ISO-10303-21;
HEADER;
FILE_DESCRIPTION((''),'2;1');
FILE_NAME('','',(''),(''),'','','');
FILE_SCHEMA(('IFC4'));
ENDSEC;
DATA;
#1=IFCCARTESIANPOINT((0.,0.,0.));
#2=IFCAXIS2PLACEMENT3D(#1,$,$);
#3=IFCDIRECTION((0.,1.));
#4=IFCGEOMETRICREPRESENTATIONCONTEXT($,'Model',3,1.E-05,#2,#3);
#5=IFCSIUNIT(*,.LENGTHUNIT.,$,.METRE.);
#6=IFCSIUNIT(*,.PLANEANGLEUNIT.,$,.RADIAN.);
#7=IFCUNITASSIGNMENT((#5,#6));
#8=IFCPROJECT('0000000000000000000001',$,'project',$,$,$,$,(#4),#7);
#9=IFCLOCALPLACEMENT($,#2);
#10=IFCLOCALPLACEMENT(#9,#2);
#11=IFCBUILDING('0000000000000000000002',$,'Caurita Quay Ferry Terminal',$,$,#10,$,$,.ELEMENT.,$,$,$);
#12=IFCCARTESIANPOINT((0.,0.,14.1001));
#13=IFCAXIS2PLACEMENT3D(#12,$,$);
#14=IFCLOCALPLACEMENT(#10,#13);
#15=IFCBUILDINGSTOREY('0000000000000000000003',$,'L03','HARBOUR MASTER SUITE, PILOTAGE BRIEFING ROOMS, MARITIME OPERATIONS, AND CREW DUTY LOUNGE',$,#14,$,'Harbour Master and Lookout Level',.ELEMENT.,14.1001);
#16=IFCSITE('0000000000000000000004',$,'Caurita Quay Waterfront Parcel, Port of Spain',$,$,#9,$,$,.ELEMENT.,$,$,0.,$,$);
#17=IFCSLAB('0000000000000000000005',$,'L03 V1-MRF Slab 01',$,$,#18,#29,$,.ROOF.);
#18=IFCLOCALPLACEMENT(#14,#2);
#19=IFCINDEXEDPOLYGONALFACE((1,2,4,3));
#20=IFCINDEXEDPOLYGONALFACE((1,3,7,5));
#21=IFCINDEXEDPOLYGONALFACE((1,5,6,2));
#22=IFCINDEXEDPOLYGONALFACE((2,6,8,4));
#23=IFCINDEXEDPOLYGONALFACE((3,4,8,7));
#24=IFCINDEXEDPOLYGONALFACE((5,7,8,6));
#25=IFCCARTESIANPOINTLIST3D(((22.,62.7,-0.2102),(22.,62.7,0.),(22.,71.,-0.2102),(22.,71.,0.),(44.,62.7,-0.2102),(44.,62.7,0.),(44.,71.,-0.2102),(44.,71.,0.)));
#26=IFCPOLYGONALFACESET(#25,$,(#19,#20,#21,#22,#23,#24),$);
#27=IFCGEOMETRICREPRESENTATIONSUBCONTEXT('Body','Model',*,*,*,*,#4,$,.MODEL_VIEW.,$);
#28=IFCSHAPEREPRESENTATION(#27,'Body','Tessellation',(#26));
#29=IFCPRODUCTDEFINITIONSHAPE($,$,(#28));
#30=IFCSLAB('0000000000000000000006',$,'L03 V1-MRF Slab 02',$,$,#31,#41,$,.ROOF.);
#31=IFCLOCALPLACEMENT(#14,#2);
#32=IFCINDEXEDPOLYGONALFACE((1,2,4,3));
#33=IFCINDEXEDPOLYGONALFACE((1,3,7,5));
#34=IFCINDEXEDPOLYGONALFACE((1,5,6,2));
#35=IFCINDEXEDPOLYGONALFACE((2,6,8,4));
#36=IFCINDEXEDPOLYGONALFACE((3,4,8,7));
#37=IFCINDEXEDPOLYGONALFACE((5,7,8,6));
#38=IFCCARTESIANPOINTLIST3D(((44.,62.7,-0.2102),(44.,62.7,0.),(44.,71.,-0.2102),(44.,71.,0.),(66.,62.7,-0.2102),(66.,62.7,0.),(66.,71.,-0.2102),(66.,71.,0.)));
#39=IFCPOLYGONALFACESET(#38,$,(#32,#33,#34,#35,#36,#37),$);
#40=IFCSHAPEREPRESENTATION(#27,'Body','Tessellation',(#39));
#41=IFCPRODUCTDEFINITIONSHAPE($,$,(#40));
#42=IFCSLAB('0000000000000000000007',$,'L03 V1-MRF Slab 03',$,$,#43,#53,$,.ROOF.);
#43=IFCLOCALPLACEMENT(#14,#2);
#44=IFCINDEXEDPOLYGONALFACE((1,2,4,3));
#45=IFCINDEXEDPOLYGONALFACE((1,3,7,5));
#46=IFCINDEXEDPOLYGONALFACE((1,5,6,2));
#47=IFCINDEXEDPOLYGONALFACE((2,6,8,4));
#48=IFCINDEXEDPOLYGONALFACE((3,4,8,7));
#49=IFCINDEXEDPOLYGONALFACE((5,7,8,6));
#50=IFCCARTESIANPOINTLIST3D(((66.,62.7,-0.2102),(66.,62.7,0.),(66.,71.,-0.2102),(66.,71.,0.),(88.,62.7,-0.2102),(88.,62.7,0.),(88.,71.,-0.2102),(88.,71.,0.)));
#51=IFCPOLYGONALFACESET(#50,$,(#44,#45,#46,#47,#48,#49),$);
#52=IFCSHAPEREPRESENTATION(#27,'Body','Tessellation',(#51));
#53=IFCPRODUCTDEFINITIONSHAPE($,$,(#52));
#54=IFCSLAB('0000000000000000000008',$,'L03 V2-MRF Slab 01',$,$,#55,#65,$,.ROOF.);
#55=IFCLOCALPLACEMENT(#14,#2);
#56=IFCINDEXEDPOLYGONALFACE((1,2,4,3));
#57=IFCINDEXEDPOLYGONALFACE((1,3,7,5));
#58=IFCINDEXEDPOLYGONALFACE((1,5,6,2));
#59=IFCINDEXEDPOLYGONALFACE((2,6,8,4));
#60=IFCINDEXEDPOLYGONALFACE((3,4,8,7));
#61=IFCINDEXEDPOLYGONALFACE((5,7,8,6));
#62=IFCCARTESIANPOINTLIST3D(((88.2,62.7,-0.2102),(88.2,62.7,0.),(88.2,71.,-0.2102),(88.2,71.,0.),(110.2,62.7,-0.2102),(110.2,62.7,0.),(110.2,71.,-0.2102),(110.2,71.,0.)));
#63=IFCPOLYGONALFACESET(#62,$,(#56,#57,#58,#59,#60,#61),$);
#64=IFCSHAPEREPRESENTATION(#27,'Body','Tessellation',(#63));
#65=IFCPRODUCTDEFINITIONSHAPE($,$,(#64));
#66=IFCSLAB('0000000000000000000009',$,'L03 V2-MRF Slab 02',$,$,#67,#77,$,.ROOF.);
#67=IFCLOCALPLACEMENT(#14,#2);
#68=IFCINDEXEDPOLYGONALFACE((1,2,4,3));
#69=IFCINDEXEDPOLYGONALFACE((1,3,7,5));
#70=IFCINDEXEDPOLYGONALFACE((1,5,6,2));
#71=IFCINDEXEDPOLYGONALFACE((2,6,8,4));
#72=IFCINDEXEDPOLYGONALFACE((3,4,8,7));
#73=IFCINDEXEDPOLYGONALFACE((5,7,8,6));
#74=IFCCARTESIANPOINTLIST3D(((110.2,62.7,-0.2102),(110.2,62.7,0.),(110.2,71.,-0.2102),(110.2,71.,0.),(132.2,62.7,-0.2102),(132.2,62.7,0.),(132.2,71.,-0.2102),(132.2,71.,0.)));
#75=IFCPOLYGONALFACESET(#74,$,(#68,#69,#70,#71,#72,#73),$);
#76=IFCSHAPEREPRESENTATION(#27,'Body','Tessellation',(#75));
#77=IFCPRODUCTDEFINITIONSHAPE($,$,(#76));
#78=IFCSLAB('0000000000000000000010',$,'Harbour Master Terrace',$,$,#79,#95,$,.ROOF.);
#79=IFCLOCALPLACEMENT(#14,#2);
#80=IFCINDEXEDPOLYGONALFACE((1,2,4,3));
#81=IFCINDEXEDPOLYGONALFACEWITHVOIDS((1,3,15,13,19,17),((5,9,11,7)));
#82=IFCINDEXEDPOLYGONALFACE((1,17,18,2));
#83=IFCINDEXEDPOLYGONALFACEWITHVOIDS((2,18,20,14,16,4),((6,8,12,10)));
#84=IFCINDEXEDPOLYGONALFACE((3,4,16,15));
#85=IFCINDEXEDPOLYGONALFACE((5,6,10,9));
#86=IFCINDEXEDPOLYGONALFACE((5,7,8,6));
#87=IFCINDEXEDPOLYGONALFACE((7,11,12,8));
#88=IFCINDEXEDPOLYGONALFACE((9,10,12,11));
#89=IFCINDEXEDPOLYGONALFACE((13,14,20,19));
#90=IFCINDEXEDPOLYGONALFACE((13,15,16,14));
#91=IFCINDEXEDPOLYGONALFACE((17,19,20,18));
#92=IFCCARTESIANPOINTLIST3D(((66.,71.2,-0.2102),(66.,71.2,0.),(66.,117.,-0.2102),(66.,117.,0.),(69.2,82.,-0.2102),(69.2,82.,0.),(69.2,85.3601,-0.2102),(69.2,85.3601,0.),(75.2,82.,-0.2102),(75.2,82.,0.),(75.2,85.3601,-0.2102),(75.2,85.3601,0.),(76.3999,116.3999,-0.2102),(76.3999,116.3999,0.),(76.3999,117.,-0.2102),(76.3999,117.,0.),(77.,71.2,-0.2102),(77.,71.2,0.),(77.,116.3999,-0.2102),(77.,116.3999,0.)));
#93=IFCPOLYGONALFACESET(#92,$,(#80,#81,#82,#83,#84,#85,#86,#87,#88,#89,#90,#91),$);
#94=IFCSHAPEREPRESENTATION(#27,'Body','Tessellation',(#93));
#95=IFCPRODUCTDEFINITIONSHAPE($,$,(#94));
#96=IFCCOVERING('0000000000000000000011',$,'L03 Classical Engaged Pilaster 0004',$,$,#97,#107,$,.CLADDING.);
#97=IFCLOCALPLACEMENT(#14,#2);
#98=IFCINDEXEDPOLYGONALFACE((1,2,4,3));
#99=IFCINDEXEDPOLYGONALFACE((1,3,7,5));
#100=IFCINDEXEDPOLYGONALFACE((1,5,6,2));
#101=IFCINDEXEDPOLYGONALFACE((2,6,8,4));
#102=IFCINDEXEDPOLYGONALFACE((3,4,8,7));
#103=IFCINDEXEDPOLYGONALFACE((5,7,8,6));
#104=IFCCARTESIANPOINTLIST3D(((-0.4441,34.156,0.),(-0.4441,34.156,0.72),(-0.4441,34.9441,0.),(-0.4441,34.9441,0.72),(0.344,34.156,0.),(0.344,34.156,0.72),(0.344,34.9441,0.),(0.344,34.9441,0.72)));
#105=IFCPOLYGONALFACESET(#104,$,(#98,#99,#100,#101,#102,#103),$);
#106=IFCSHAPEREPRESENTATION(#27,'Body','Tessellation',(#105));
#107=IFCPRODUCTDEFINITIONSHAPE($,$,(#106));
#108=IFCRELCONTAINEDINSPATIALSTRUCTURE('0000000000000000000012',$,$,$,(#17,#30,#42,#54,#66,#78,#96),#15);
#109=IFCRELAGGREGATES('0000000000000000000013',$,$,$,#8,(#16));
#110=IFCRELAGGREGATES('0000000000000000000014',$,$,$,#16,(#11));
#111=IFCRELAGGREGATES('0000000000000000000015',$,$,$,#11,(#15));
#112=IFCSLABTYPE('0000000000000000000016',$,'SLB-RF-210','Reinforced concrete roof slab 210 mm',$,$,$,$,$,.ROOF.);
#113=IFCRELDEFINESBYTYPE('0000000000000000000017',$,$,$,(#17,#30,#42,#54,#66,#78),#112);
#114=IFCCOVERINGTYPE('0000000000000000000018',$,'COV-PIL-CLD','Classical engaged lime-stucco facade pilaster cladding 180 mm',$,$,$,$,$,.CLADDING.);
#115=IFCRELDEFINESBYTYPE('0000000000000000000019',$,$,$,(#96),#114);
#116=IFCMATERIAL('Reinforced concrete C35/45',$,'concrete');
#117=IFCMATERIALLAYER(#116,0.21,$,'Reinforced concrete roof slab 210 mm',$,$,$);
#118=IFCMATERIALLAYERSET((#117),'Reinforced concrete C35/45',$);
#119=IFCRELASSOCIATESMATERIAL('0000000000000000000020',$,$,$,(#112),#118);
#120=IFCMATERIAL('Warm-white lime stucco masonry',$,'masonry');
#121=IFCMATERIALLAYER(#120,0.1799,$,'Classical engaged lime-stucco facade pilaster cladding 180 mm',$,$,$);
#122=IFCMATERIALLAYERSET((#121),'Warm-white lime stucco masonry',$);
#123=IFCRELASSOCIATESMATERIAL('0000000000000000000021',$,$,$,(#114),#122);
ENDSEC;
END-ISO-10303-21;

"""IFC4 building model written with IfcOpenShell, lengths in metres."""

from ifc_helpers import new_model, si_unit, direction, frame, origin, origin_2d, place, context, subcontext, project, spatial, polyline, rectangle, outline, extrude, material, layer, layer_set, type_object, element, save


model = new_model("IFC4")

# Units and contexts
model_context = context("Model", 3, precision=1e-05, world=origin(), true_north=direction((0.0, 1.0)))
body_context = subcontext(model_context, "Body", "Model", "MODEL_VIEW")
ifc_project = project(units=[si_unit("LENGTHUNIT", "METRE"), si_unit("PLANEANGLEUNIT", "RADIAN")], contexts=[model_context])

# Site, building, storey
site_placement = place(None, origin())
site = spatial("IfcSite", under=ifc_project, at=site_placement, Name="Caurita Quay Waterfront Parcel, Port of Spain", CompositionType="ELEMENT", RefElevation=0.0)
building_placement = place(site_placement, origin())
building = spatial("IfcBuilding", under=site, at=building_placement, Name="Caurita Quay Ferry Terminal", CompositionType="ELEMENT")
storey_placement = place(building_placement, frame((0.0, 0.0, 14.1001)))
storey = spatial("IfcBuildingStorey", under=building, at=storey_placement, Name="L03", Description="HARBOUR MASTER SUITE, PILOTAGE BRIEFING ROOMS, MARITIME OPERATIONS, AND CREW DUTY LOUNGE", LongName="Harbour Master and Lookout Level", CompositionType="ELEMENT", Elevation=14.1001)

# Shared definitions
ifc_material_1 = material(Name="Reinforced concrete C35/45", Category="concrete")

# Slabs
ifc_layer_1 = layer(ifc_material_1, 0.21, Name="Reinforced concrete roof slab 210 mm")
ifc_layer_set_1 = layer_set([ifc_layer_1], Name="Reinforced concrete C35/45")
slab_type_1 = type_object("IfcSlabType", Name="SLB-RF-210", Description="Reinforced concrete roof slab 210 mm", PredefinedType="ROOF", material=ifc_layer_set_1)
slab_1_placement = place(storey_placement, frame((0.0, 0.0, -0.2102)))
element("IfcSlab", 1, at=slab_1_placement, inside=storey, type_object=slab_type_1, Name="L03 V1-MRF Slab 01", PredefinedType="ROOF", context=body_context, shape_type="SweptSolid", body=[
    extrude(outline(polyline([(22.0, 62.7), (44.0, 62.7), (44.0, 71.0), (22.0, 71.0), (22.0, 62.7)])), origin(), (0.0, 0.0, 1.0), 0.2102),
])
slab_2_placement = place(storey_placement, frame((0.0, 0.0, -0.2102)))
element("IfcSlab", 2, at=slab_2_placement, inside=storey, type_object=slab_type_1, Name="L03 V1-MRF Slab 02", PredefinedType="ROOF", context=body_context, shape_type="SweptSolid", body=[
    extrude(outline(polyline([(44.0, 62.7), (66.0, 62.7), (66.0, 71.0), (44.0, 71.0), (44.0, 62.7)])), origin(), (0.0, 0.0, 1.0), 0.2102),
])
slab_3_placement = place(storey_placement, frame((0.0, 0.0, -0.2102)))
element("IfcSlab", 3, at=slab_3_placement, inside=storey, type_object=slab_type_1, Name="L03 V1-MRF Slab 03", PredefinedType="ROOF", context=body_context, shape_type="SweptSolid", body=[
    extrude(outline(polyline([(66.0, 62.7), (88.0, 62.7), (88.0, 71.0), (66.0, 71.0), (66.0, 62.7)])), origin(), (0.0, 0.0, 1.0), 0.2102),
])
slab_4_placement = place(storey_placement, frame((0.0, 0.0, -0.2102)))
element("IfcSlab", 4, at=slab_4_placement, inside=storey, type_object=slab_type_1, Name="L03 V2-MRF Slab 01", PredefinedType="ROOF", context=body_context, shape_type="SweptSolid", body=[
    extrude(outline(polyline([(88.2, 62.7), (110.2, 62.7), (110.2, 71.0), (88.2, 71.0), (88.2, 62.7)])), origin(), (0.0, 0.0, 1.0), 0.2102),
])
slab_5_placement = place(storey_placement, frame((0.0, 0.0, -0.2102)))
element("IfcSlab", 5, at=slab_5_placement, inside=storey, type_object=slab_type_1, Name="L03 V2-MRF Slab 02", PredefinedType="ROOF", context=body_context, shape_type="SweptSolid", body=[
    extrude(outline(polyline([(110.2, 62.7), (132.2, 62.7), (132.2, 71.0), (110.2, 71.0), (110.2, 62.7)])), origin(), (0.0, 0.0, 1.0), 0.2102),
])
slab_6_placement = place(storey_placement, frame((0.0, 0.0, -0.2102)))
element("IfcSlab", 6, at=slab_6_placement, inside=storey, type_object=slab_type_1, Name="Harbour Master Terrace", PredefinedType="ROOF", context=body_context, shape_type="SweptSolid", body=[
    extrude(outline(polyline([(66.0, 71.2), (77.0, 71.2), (77.0, 116.3999), (76.3999, 116.3999), (76.3999, 117.0), (66.0, 117.0), (66.0, 71.2)]), holes=[polyline([(69.2, 82.0), (75.2, 82.0), (75.2, 85.3601), (69.2, 85.3601), (69.2, 82.0)])]), origin(), (0.0, 0.0, 1.0), 0.2102),
])

# Covering
ifc_material_2 = material(Name="Warm-white lime stucco masonry", Category="masonry")
ifc_layer_2 = layer(ifc_material_2, 0.1799, Name="Classical engaged lime-stucco facade pilaster cladding 180 mm")
ifc_layer_set_2 = layer_set([ifc_layer_2], Name="Warm-white lime stucco masonry")
covering_type = type_object("IfcCoveringType", Name="COV-PIL-CLD", Description="Classical engaged lime-stucco facade pilaster cladding 180 mm", PredefinedType="CLADDING", material=ifc_layer_set_2)
covering_placement = place(storey_placement, frame((-0.05, 34.55, 0.0), z_axis=(0.0, 0.0, 1.0), x_axis=(1.0, 0.0, 0.0)))
element("IfcCovering", 7, at=covering_placement, inside=storey, type_object=covering_type, Name="L03 Classical Engaged Pilaster 0004", PredefinedType="CLADDING", context=body_context, shape_type="SweptSolid", body=[
    extrude(rectangle(XDim=0.7881, YDim=0.7881, at=origin_2d()), origin(), (0.0, 0.0, 1.0), 0.72),
])

save(model, "model.ifc")
